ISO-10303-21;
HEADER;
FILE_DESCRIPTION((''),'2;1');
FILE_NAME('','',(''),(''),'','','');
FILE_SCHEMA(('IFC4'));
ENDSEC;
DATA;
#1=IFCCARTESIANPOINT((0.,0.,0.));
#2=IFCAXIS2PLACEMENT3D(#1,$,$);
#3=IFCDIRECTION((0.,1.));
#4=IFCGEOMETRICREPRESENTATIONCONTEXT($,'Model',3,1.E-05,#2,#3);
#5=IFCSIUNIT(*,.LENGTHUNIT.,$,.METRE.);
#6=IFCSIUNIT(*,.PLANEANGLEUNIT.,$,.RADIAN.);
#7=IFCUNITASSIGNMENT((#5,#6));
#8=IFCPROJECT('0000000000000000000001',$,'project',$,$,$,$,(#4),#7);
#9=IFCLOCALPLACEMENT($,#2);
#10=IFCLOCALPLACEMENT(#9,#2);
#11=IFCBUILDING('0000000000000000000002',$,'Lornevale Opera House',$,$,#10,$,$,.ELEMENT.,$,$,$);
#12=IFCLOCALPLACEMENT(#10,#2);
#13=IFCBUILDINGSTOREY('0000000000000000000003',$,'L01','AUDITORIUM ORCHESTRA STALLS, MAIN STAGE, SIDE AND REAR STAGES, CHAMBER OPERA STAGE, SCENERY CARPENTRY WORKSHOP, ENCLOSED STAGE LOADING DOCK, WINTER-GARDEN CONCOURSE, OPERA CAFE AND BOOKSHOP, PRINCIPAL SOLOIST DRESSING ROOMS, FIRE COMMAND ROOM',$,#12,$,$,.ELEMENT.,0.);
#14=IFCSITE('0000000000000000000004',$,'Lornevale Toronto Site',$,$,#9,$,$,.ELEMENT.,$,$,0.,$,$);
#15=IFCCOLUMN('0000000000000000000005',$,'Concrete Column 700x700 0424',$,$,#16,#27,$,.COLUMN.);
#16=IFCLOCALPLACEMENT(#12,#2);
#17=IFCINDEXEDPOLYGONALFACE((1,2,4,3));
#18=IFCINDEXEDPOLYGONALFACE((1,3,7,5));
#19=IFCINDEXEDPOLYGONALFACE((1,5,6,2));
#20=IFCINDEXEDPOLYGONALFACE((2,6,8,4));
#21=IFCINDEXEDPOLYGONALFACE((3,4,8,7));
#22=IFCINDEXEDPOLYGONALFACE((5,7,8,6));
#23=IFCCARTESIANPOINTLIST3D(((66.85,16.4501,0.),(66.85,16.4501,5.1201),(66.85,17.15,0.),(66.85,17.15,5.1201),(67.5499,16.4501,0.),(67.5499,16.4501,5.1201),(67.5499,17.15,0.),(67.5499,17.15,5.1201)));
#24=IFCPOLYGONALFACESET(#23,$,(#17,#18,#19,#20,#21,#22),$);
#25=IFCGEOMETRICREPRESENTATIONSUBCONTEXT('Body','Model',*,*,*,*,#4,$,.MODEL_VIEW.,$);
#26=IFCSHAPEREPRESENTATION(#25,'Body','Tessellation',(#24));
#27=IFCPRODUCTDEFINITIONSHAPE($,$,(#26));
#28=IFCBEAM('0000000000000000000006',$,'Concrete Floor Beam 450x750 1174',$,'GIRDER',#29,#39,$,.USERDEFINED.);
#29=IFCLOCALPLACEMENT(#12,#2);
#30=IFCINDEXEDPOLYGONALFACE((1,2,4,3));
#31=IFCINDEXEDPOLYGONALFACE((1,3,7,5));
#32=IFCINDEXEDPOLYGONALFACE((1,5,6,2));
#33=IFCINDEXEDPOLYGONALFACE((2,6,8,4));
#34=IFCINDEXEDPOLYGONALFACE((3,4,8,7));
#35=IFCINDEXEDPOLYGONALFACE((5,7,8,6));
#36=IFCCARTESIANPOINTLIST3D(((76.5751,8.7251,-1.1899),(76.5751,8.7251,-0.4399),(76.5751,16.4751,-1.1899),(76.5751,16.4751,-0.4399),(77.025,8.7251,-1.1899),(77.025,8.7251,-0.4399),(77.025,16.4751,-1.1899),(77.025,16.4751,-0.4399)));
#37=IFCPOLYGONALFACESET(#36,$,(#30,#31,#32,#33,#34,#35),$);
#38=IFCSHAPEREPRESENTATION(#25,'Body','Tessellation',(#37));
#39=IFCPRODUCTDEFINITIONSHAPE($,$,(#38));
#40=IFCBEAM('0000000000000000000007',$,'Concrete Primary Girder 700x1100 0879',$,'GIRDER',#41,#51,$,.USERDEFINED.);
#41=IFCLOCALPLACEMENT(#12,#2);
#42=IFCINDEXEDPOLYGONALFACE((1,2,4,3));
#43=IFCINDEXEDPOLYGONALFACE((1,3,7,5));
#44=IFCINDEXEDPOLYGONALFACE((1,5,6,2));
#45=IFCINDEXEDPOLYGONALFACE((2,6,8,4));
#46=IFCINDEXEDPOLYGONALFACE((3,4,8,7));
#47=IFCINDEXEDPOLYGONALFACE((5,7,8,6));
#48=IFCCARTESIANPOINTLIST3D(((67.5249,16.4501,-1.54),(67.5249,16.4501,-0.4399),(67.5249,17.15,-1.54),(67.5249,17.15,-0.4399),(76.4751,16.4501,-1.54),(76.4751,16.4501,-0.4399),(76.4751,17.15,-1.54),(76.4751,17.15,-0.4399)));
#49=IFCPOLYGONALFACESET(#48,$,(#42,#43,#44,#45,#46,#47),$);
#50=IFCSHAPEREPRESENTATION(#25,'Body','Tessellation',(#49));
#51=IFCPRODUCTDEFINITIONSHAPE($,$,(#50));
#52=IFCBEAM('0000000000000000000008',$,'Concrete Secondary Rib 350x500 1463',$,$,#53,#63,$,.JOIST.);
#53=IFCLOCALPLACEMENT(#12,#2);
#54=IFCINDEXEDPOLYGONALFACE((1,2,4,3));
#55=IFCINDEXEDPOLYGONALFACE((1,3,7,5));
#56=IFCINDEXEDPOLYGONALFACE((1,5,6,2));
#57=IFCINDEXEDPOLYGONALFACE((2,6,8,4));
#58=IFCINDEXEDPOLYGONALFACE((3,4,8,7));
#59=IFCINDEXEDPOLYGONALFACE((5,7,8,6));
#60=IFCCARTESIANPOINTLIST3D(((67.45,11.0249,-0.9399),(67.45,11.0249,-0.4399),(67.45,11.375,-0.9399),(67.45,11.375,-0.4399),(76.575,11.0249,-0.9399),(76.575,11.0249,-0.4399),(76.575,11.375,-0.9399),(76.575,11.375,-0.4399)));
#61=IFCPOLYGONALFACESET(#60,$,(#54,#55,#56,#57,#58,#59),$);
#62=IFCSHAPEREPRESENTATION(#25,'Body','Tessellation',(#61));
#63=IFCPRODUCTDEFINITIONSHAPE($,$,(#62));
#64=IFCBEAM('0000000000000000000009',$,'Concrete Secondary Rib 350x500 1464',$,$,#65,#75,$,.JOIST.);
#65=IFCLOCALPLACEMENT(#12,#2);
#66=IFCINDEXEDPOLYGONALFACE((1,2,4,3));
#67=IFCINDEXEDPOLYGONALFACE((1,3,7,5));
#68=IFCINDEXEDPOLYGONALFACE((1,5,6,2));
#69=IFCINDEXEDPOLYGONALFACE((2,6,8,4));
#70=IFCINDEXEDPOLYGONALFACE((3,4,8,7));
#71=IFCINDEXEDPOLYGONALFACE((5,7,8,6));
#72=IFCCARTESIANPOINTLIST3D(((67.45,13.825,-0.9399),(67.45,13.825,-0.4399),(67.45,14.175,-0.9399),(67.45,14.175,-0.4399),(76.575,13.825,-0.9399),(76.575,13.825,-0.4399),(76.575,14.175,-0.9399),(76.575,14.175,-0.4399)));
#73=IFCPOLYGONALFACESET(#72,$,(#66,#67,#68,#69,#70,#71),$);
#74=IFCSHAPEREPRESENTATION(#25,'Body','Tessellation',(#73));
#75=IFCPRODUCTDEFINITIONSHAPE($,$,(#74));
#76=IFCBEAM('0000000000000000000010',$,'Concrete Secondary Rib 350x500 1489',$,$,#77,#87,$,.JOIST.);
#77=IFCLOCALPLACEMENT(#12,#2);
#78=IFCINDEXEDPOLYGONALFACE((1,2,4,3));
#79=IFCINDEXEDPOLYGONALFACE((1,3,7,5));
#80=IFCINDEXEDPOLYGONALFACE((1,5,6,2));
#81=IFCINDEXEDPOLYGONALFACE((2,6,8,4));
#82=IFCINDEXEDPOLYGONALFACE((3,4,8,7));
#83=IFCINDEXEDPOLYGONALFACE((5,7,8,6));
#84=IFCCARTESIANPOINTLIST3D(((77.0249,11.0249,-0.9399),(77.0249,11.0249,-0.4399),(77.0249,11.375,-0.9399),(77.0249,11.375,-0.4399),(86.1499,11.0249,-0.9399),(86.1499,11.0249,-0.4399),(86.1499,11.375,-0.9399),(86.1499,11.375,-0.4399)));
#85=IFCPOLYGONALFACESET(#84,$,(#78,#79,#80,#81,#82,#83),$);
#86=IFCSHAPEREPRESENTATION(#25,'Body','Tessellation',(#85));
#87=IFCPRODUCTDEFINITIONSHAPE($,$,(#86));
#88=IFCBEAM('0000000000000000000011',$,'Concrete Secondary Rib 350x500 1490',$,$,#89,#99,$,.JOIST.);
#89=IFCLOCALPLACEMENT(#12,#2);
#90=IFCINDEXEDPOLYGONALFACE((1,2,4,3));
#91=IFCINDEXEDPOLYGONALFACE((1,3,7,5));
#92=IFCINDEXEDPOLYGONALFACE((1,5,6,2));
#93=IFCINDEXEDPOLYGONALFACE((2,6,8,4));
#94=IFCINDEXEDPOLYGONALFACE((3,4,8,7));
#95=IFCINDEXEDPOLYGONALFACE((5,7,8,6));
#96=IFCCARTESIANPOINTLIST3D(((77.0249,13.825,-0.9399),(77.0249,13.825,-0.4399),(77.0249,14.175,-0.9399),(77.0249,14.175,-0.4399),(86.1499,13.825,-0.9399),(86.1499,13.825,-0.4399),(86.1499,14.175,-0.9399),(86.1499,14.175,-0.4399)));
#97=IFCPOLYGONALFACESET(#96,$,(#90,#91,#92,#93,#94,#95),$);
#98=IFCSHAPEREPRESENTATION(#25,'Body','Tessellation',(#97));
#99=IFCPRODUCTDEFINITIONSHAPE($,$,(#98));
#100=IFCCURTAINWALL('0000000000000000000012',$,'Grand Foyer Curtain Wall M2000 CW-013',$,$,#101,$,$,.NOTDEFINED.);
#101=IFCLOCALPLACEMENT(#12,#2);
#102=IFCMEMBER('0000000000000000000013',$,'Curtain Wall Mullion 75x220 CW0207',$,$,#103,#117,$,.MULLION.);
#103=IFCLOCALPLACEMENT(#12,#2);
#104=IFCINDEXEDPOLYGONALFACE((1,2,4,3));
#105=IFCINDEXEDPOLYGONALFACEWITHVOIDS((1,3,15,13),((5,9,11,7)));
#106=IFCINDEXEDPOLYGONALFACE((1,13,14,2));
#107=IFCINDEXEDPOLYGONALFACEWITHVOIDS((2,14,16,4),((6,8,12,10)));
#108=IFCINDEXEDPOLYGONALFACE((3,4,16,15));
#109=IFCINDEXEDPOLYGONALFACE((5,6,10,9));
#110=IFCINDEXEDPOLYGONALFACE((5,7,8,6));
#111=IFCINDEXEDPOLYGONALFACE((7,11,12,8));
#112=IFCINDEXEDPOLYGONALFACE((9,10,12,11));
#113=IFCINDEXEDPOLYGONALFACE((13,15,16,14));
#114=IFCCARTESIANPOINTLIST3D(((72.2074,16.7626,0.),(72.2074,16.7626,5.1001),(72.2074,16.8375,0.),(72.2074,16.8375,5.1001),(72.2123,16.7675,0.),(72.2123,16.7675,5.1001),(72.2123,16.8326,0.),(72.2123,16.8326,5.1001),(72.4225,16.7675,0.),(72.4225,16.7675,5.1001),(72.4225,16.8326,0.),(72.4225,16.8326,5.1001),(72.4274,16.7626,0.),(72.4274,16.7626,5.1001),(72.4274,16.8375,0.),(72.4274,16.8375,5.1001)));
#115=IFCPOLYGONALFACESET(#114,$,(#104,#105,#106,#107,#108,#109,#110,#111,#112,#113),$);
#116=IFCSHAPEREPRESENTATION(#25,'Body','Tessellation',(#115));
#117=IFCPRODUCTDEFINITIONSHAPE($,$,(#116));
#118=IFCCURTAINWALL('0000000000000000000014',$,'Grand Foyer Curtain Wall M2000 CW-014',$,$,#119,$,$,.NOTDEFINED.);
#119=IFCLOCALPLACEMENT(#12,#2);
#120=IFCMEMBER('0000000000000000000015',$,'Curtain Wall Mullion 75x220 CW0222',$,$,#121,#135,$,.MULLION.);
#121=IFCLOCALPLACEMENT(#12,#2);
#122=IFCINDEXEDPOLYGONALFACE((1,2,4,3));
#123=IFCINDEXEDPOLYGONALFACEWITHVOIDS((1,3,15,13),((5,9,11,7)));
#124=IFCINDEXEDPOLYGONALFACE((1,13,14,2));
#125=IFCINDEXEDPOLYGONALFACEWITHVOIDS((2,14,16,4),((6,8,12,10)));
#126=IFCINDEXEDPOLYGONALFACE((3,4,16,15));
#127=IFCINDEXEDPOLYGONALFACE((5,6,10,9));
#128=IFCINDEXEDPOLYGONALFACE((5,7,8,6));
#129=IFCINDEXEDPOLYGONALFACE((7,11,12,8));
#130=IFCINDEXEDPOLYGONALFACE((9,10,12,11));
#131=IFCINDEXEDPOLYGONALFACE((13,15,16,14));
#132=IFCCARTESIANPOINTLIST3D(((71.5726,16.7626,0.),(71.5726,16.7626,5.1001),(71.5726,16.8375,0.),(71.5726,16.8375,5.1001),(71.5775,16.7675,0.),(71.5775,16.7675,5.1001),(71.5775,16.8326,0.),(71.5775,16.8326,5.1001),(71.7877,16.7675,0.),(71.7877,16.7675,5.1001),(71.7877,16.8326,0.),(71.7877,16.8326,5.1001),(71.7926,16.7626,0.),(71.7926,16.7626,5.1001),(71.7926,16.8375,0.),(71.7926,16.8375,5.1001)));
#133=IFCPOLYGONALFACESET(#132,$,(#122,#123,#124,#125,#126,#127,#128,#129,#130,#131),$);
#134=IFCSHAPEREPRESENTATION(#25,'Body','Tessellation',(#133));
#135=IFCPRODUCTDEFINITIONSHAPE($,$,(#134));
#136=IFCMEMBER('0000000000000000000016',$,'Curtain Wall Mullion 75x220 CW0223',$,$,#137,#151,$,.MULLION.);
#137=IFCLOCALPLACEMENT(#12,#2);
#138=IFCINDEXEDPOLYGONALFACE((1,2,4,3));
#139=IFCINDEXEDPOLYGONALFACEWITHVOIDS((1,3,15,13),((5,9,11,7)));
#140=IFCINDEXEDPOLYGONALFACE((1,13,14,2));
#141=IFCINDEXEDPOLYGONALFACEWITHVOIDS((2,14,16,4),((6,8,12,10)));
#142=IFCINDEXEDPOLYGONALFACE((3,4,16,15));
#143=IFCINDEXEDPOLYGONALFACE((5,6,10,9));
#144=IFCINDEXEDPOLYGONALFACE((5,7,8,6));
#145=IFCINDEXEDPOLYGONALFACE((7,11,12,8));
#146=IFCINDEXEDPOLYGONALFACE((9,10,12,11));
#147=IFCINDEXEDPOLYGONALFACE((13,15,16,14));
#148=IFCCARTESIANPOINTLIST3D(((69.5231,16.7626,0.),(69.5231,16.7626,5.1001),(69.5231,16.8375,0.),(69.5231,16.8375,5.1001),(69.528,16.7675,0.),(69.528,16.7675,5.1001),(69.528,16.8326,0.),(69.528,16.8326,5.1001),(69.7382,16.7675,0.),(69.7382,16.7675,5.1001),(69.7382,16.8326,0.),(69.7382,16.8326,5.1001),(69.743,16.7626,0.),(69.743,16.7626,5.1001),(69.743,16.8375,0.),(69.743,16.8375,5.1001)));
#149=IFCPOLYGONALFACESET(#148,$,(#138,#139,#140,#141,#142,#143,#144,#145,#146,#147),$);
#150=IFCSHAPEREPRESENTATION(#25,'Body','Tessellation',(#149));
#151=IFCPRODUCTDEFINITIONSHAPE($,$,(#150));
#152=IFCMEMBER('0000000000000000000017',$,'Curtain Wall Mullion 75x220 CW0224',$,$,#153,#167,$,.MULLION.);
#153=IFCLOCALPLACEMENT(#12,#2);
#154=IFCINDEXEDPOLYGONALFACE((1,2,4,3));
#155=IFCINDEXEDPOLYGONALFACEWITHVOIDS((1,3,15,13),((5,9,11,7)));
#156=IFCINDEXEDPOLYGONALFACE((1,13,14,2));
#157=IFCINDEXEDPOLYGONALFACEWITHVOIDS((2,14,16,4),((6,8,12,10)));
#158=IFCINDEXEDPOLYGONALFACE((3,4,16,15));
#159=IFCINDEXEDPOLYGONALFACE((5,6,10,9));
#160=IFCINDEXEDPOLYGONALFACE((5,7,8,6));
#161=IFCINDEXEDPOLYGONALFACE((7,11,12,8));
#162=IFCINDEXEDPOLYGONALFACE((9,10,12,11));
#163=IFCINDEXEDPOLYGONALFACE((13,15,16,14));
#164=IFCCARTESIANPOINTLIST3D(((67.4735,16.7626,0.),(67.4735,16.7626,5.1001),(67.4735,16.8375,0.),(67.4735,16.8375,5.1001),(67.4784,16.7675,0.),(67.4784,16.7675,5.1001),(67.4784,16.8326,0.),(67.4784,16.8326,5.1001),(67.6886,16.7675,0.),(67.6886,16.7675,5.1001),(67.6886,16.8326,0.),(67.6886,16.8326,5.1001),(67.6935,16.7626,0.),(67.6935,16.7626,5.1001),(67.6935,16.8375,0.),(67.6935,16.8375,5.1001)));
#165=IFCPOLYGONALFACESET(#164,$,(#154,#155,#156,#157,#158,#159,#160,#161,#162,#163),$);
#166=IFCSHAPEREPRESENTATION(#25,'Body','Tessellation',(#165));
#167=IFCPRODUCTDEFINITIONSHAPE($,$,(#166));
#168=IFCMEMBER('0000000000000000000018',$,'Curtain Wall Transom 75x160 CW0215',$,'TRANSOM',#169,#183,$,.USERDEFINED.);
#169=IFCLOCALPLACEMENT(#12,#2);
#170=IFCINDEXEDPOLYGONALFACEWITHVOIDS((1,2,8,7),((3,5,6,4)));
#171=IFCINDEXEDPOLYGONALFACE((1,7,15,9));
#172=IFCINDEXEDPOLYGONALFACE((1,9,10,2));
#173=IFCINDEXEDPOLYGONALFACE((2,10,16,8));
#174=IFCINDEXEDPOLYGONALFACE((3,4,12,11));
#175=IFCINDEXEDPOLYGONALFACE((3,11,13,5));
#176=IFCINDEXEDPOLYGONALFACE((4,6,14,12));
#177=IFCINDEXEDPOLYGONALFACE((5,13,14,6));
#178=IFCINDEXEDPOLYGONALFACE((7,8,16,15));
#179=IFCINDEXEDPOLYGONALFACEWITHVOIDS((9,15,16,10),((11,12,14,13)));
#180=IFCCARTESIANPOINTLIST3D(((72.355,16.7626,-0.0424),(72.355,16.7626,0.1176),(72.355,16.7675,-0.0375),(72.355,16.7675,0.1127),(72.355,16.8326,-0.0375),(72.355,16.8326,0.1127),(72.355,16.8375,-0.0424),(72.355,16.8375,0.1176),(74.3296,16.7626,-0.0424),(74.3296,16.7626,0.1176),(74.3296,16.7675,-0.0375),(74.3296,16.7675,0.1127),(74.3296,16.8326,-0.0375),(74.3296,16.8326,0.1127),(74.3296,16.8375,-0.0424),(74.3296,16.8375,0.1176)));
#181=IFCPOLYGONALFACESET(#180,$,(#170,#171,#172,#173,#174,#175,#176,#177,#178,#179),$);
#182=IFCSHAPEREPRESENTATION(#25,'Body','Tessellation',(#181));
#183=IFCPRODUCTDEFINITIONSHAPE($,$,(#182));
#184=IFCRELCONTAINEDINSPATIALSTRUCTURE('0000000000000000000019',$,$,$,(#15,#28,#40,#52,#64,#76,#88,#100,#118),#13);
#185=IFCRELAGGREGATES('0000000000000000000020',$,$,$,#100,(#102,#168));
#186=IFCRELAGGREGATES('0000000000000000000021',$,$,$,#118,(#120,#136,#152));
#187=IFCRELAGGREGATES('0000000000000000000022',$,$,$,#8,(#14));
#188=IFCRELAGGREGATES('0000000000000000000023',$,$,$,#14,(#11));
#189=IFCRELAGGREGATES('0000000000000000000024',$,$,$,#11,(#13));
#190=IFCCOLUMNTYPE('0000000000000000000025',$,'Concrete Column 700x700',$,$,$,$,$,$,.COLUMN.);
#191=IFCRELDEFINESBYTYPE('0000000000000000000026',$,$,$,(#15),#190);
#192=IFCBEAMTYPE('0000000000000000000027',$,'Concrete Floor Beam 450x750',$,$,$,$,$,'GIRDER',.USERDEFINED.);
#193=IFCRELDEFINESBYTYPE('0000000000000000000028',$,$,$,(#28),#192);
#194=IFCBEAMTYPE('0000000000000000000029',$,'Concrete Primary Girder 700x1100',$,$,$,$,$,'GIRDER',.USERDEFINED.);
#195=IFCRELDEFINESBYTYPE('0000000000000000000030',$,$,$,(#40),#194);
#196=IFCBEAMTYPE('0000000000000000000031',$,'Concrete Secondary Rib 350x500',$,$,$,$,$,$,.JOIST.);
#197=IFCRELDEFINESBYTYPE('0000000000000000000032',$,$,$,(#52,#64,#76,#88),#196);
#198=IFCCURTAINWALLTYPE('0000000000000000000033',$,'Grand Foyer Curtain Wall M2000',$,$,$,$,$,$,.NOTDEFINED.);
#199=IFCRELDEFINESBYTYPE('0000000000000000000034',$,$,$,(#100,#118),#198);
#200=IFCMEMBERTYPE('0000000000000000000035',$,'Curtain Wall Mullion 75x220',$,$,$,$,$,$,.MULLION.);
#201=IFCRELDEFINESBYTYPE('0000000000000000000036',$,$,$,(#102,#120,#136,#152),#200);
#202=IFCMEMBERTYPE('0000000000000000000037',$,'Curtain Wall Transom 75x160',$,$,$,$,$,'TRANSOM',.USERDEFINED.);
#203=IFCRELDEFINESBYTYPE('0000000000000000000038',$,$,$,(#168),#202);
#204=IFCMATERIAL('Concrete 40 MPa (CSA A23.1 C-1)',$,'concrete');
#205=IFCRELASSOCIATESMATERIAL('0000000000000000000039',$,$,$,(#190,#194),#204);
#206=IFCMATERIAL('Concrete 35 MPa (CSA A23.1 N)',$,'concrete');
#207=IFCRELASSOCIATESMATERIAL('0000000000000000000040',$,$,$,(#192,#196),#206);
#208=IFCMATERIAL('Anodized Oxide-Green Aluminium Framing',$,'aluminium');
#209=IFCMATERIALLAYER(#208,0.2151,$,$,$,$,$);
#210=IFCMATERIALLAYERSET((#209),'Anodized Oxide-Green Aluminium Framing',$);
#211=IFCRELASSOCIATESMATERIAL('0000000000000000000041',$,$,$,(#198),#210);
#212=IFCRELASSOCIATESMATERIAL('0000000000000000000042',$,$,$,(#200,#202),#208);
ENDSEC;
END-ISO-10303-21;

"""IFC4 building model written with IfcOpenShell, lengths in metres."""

from ifc_helpers import new_model, si_unit, direction, frame, origin, origin_2d, place, context, subcontext, project, spatial, rectangle, hollow_rectangle, extrude, material, layer, layer_set, material_profile, profile_set, type_object, element, aggregate, save


model = new_model("IFC4")

# Units and contexts
model_context = context("Model", 3, precision=1e-05, world=origin(), true_north=direction((0.0, 1.0)))
body_context = subcontext(model_context, "Body", "Model", "MODEL_VIEW")
ifc_project = project(units=[si_unit("LENGTHUNIT", "METRE"), si_unit("PLANEANGLEUNIT", "RADIAN")], contexts=[model_context])

# Site, building, storey
site_placement = place(None, origin())
site = spatial("IfcSite", under=ifc_project, at=site_placement, Name="Lornevale Toronto Site", CompositionType="ELEMENT", RefElevation=0.0)
building_placement = place(site_placement, origin())
building = spatial("IfcBuilding", under=site, at=building_placement, Name="Lornevale Opera House", CompositionType="ELEMENT")
storey_placement = place(building_placement, origin())
storey = spatial("IfcBuildingStorey", under=building, at=storey_placement, Name="L01", Description="AUDITORIUM ORCHESTRA STALLS, MAIN STAGE, SIDE AND REAR STAGES, CHAMBER OPERA STAGE, SCENERY CARPENTRY WORKSHOP, ENCLOSED STAGE LOADING DOCK, WINTER-GARDEN CONCOURSE, OPERA CAFE AND BOOKSHOP, PRINCIPAL SOLOIST DRESSING ROOMS, FIRE COMMAND ROOM", CompositionType="ELEMENT", Elevation=0.0)

# Column
ifc_material_1 = material(Name="Concrete 40 MPa (CSA A23.1 C-1)", Category="concrete")
ifc_material_profile_1 = material_profile(ifc_material_1, rectangle(XDim=0.7, YDim=0.7, at=origin_2d()), Name="RC700x700")
ifc_profile_set_1 = profile_set([ifc_material_profile_1], Name="Concrete 40 MPa (CSA A23.1 C-1)")
column_type = type_object("IfcColumnType", Name="Concrete Column 700x700", PredefinedType="COLUMN", material=ifc_profile_set_1)
column_placement = place(storey_placement, frame((67.2, 16.8, 0.0), z_axis=(0.0, 0.0, 1.0), x_axis=(1.0, 0.0, 0.0)))
element("IfcColumn", 1, at=column_placement, inside=storey, type_object=column_type, Name="Concrete Column 700x700 0424", PredefinedType="COLUMN", context=body_context, shape_type="SweptSolid", body=[
    extrude(rectangle(XDim=0.7, YDim=0.7, at=origin_2d()), origin(), (0.0, 0.0, 1.0), 5.1201),
])

# Beams
ifc_material_2 = material(Name="Concrete 35 MPa (CSA A23.1 N)", Category="concrete")
ifc_material_profile_2 = material_profile(ifc_material_2, rectangle(XDim=0.45, YDim=0.75, at=origin_2d()), Name="RC450x750")
ifc_profile_set_2 = profile_set([ifc_material_profile_2], Name="Concrete 35 MPa (CSA A23.1 N)")
beam_type_1 = type_object("IfcBeamType", Name="Concrete Floor Beam 450x750", ElementType="GIRDER", PredefinedType="USERDEFINED", material=ifc_profile_set_2)
beam_1_placement = place(storey_placement, frame((76.8, 8.7251, -0.8149), z_axis=(0.0, 1.0, 0.0), x_axis=(-1.0, 0.0, 0.0)))
element("IfcBeam", 2, at=beam_1_placement, inside=storey, type_object=beam_type_1, Name="Concrete Floor Beam 450x750 1174", ObjectType="GIRDER", PredefinedType="USERDEFINED", context=body_context, shape_type="SweptSolid", body=[
    extrude(rectangle(XDim=0.45, YDim=0.75, at=origin_2d()), origin(), (0.0, 0.0, 1.0), 7.75),
])
ifc_material_profile_3 = material_profile(ifc_material_1, rectangle(XDim=0.7, YDim=1.1001, at=origin_2d()), Name="RC700x1100")
ifc_profile_set_3 = profile_set([ifc_material_profile_3], Name="Concrete 40 MPa (CSA A23.1 C-1)")
beam_type_2 = type_object("IfcBeamType", Name="Concrete Primary Girder 700x1100", ElementType="GIRDER", PredefinedType="USERDEFINED", material=ifc_profile_set_3)
beam_2_placement = place(storey_placement, frame((67.5249, 16.8, -0.99), z_axis=(1.0, 0.0, 0.0), x_axis=(0.0, 1.0, 0.0)))
element("IfcBeam", 3, at=beam_2_placement, inside=storey, type_object=beam_type_2, Name="Concrete Primary Girder 700x1100 0879", ObjectType="GIRDER", PredefinedType="USERDEFINED", context=body_context, shape_type="SweptSolid", body=[
    extrude(rectangle(XDim=0.7, YDim=1.1001, at=origin_2d()), origin(), (0.0, 0.0, 1.0), 8.9502),
])
ifc_material_profile_4 = material_profile(ifc_material_2, rectangle(XDim=0.3501, YDim=0.5, at=origin_2d()), Name="RC350x500")
ifc_profile_set_4 = profile_set([ifc_material_profile_4], Name="Concrete 35 MPa (CSA A23.1 N)")
beam_type_3 = type_object("IfcBeamType", Name="Concrete Secondary Rib 350x500", PredefinedType="JOIST", material=ifc_profile_set_4)
for number, where, z_axis, x_axis, name in (
    (4, (67.45, 11.2, -0.6899), (1.0, 0.0, 0.0), (0.0, 1.0, 0.0), "Concrete Secondary Rib 350x500 1463"),
    (5, (67.45, 14.0, -0.6899), (1.0, 0.0, 0.0), (0.0, 1.0, 0.0), "Concrete Secondary Rib 350x500 1464"),
    (6, (77.0249, 11.2, -0.6899), (1.0, 0.0, 0.0), (0.0, 1.0, 0.0), "Concrete Secondary Rib 350x500 1489"),
    (7, (77.0249, 14.0, -0.6899), (1.0, 0.0, 0.0), (0.0, 1.0, 0.0), "Concrete Secondary Rib 350x500 1490"),
):
    element("IfcBeam", number, at=place(storey_placement, frame(where, z_axis=z_axis, x_axis=x_axis)), inside=storey, type_object=beam_type_3, Name=name, PredefinedType="JOIST", context=body_context, shape_type="SweptSolid", body=[
        extrude(rectangle(XDim=0.3501, YDim=0.5, at=origin_2d()), origin(), (0.0, 0.0, 1.0), 9.125),
    ])

# Curtain wall, member
ifc_material_3 = material(Name="Anodized Oxide-Green Aluminium Framing", Category="aluminium")
ifc_layer_1 = layer(ifc_material_3, 0.2151)
ifc_layer_set_1 = layer_set([ifc_layer_1], Name="Anodized Oxide-Green Aluminium Framing")
curtain_wall_type = type_object("IfcCurtainWallType", Name="Grand Foyer Curtain Wall M2000", PredefinedType="NOTDEFINED", material=ifc_layer_set_1)
curtain_wall_1_placement = place(storey_placement, origin())
curtain_wall_1 = element("IfcCurtainWall", 8, at=curtain_wall_1_placement, inside=storey, type_object=curtain_wall_type, Name="Grand Foyer Curtain Wall M2000 CW-013", PredefinedType="NOTDEFINED")
ifc_material_profile_5 = material_profile(ifc_material_3, hollow_rectangle(XDim=0.075, YDim=0.22, WallThickness=0.0049, at=origin_2d()), Name="ALU75x220x5")
ifc_profile_set_5 = profile_set([ifc_material_profile_5], Name="Anodized Oxide-Green Aluminium Framing")
member_type_1 = type_object("IfcMemberType", Name="Curtain Wall Mullion 75x220", PredefinedType="MULLION", material=ifc_profile_set_5)
member_1_placement = place(storey_placement, frame((72.3174, 16.8, 0.0), z_axis=(0.0, 0.0, 1.0), x_axis=(0.0, -1.0, 0.0)))
member_1 = element("IfcMember", 9, at=member_1_placement, type_object=member_type_1, Name="Curtain Wall Mullion 75x220 CW0207", PredefinedType="MULLION", context=body_context, shape_type="SweptSolid", body=[
    extrude(hollow_rectangle(XDim=0.075, YDim=0.22, WallThickness=0.0049, at=origin_2d()), origin(), (0.0, 0.0, 1.0), 5.1001),
])

# Curtain wall, members
curtain_wall_2_placement = place(storey_placement, origin())
curtain_wall_2 = element("IfcCurtainWall", 10, at=curtain_wall_2_placement, inside=storey, type_object=curtain_wall_type, Name="Grand Foyer Curtain Wall M2000 CW-014", PredefinedType="NOTDEFINED")
member_2_placement = place(storey_placement, frame((71.6826, 16.8, 0.0), z_axis=(0.0, 0.0, 1.0), x_axis=(0.0, -1.0, 0.0)))
member_2 = element("IfcMember", 11, at=member_2_placement, type_object=member_type_1, Name="Curtain Wall Mullion 75x220 CW0222", PredefinedType="MULLION", context=body_context, shape_type="SweptSolid", body=[
    extrude(hollow_rectangle(XDim=0.075, YDim=0.22, WallThickness=0.0049, at=origin_2d()), origin(), (0.0, 0.0, 1.0), 5.1001),
])
member_3_placement = place(storey_placement, frame((69.6331, 16.8, 0.0), z_axis=(0.0, 0.0, 1.0), x_axis=(0.0, -1.0, 0.0)))
member_3 = element("IfcMember", 12, at=member_3_placement, type_object=member_type_1, Name="Curtain Wall Mullion 75x220 CW0223", PredefinedType="MULLION", context=body_context, shape_type="SweptSolid", body=[
    extrude(hollow_rectangle(XDim=0.075, YDim=0.22, WallThickness=0.0049, at=origin_2d()), origin(), (0.0, 0.0, 1.0), 5.1001),
])
member_4_placement = place(storey_placement, frame((67.5835, 16.8, 0.0), z_axis=(0.0, 0.0, 1.0), x_axis=(0.0, -1.0, 0.0)))
member_4 = element("IfcMember", 13, at=member_4_placement, type_object=member_type_1, Name="Curtain Wall Mullion 75x220 CW0224", PredefinedType="MULLION", context=body_context, shape_type="SweptSolid", body=[
    extrude(hollow_rectangle(XDim=0.075, YDim=0.22, WallThickness=0.0049, at=origin_2d()), origin(), (0.0, 0.0, 1.0), 5.1001),
])

# Member
ifc_material_profile_6 = material_profile(ifc_material_3, hollow_rectangle(XDim=0.075, YDim=0.1599, WallThickness=0.0049, at=origin_2d()), Name="ALU75x160x5")
ifc_profile_set_6 = profile_set([ifc_material_profile_6], Name="Anodized Oxide-Green Aluminium Framing")
member_type_2 = type_object("IfcMemberType", Name="Curtain Wall Transom 75x160", ElementType="TRANSOM", PredefinedType="USERDEFINED", material=ifc_profile_set_6)
member_5_placement = place(storey_placement, frame((74.3296, 16.8, 0.0376), z_axis=(-1.0, 0.0, 0.0), x_axis=(0.0, -1.0, 0.0)))
member_5 = element("IfcMember", 14, at=member_5_placement, type_object=member_type_2, Name="Curtain Wall Transom 75x160 CW0215", ObjectType="TRANSOM", PredefinedType="USERDEFINED", context=body_context, shape_type="SweptSolid", body=[
    extrude(hollow_rectangle(XDim=0.075, YDim=0.1599, WallThickness=0.0049, at=origin_2d()), origin(), (0.0, 0.0, 1.0), 1.9746),
])

aggregate(curtain_wall_1, [member_1, member_5])
aggregate(curtain_wall_2, [member_2, member_3, member_4])

save(model, "model.ifc")
